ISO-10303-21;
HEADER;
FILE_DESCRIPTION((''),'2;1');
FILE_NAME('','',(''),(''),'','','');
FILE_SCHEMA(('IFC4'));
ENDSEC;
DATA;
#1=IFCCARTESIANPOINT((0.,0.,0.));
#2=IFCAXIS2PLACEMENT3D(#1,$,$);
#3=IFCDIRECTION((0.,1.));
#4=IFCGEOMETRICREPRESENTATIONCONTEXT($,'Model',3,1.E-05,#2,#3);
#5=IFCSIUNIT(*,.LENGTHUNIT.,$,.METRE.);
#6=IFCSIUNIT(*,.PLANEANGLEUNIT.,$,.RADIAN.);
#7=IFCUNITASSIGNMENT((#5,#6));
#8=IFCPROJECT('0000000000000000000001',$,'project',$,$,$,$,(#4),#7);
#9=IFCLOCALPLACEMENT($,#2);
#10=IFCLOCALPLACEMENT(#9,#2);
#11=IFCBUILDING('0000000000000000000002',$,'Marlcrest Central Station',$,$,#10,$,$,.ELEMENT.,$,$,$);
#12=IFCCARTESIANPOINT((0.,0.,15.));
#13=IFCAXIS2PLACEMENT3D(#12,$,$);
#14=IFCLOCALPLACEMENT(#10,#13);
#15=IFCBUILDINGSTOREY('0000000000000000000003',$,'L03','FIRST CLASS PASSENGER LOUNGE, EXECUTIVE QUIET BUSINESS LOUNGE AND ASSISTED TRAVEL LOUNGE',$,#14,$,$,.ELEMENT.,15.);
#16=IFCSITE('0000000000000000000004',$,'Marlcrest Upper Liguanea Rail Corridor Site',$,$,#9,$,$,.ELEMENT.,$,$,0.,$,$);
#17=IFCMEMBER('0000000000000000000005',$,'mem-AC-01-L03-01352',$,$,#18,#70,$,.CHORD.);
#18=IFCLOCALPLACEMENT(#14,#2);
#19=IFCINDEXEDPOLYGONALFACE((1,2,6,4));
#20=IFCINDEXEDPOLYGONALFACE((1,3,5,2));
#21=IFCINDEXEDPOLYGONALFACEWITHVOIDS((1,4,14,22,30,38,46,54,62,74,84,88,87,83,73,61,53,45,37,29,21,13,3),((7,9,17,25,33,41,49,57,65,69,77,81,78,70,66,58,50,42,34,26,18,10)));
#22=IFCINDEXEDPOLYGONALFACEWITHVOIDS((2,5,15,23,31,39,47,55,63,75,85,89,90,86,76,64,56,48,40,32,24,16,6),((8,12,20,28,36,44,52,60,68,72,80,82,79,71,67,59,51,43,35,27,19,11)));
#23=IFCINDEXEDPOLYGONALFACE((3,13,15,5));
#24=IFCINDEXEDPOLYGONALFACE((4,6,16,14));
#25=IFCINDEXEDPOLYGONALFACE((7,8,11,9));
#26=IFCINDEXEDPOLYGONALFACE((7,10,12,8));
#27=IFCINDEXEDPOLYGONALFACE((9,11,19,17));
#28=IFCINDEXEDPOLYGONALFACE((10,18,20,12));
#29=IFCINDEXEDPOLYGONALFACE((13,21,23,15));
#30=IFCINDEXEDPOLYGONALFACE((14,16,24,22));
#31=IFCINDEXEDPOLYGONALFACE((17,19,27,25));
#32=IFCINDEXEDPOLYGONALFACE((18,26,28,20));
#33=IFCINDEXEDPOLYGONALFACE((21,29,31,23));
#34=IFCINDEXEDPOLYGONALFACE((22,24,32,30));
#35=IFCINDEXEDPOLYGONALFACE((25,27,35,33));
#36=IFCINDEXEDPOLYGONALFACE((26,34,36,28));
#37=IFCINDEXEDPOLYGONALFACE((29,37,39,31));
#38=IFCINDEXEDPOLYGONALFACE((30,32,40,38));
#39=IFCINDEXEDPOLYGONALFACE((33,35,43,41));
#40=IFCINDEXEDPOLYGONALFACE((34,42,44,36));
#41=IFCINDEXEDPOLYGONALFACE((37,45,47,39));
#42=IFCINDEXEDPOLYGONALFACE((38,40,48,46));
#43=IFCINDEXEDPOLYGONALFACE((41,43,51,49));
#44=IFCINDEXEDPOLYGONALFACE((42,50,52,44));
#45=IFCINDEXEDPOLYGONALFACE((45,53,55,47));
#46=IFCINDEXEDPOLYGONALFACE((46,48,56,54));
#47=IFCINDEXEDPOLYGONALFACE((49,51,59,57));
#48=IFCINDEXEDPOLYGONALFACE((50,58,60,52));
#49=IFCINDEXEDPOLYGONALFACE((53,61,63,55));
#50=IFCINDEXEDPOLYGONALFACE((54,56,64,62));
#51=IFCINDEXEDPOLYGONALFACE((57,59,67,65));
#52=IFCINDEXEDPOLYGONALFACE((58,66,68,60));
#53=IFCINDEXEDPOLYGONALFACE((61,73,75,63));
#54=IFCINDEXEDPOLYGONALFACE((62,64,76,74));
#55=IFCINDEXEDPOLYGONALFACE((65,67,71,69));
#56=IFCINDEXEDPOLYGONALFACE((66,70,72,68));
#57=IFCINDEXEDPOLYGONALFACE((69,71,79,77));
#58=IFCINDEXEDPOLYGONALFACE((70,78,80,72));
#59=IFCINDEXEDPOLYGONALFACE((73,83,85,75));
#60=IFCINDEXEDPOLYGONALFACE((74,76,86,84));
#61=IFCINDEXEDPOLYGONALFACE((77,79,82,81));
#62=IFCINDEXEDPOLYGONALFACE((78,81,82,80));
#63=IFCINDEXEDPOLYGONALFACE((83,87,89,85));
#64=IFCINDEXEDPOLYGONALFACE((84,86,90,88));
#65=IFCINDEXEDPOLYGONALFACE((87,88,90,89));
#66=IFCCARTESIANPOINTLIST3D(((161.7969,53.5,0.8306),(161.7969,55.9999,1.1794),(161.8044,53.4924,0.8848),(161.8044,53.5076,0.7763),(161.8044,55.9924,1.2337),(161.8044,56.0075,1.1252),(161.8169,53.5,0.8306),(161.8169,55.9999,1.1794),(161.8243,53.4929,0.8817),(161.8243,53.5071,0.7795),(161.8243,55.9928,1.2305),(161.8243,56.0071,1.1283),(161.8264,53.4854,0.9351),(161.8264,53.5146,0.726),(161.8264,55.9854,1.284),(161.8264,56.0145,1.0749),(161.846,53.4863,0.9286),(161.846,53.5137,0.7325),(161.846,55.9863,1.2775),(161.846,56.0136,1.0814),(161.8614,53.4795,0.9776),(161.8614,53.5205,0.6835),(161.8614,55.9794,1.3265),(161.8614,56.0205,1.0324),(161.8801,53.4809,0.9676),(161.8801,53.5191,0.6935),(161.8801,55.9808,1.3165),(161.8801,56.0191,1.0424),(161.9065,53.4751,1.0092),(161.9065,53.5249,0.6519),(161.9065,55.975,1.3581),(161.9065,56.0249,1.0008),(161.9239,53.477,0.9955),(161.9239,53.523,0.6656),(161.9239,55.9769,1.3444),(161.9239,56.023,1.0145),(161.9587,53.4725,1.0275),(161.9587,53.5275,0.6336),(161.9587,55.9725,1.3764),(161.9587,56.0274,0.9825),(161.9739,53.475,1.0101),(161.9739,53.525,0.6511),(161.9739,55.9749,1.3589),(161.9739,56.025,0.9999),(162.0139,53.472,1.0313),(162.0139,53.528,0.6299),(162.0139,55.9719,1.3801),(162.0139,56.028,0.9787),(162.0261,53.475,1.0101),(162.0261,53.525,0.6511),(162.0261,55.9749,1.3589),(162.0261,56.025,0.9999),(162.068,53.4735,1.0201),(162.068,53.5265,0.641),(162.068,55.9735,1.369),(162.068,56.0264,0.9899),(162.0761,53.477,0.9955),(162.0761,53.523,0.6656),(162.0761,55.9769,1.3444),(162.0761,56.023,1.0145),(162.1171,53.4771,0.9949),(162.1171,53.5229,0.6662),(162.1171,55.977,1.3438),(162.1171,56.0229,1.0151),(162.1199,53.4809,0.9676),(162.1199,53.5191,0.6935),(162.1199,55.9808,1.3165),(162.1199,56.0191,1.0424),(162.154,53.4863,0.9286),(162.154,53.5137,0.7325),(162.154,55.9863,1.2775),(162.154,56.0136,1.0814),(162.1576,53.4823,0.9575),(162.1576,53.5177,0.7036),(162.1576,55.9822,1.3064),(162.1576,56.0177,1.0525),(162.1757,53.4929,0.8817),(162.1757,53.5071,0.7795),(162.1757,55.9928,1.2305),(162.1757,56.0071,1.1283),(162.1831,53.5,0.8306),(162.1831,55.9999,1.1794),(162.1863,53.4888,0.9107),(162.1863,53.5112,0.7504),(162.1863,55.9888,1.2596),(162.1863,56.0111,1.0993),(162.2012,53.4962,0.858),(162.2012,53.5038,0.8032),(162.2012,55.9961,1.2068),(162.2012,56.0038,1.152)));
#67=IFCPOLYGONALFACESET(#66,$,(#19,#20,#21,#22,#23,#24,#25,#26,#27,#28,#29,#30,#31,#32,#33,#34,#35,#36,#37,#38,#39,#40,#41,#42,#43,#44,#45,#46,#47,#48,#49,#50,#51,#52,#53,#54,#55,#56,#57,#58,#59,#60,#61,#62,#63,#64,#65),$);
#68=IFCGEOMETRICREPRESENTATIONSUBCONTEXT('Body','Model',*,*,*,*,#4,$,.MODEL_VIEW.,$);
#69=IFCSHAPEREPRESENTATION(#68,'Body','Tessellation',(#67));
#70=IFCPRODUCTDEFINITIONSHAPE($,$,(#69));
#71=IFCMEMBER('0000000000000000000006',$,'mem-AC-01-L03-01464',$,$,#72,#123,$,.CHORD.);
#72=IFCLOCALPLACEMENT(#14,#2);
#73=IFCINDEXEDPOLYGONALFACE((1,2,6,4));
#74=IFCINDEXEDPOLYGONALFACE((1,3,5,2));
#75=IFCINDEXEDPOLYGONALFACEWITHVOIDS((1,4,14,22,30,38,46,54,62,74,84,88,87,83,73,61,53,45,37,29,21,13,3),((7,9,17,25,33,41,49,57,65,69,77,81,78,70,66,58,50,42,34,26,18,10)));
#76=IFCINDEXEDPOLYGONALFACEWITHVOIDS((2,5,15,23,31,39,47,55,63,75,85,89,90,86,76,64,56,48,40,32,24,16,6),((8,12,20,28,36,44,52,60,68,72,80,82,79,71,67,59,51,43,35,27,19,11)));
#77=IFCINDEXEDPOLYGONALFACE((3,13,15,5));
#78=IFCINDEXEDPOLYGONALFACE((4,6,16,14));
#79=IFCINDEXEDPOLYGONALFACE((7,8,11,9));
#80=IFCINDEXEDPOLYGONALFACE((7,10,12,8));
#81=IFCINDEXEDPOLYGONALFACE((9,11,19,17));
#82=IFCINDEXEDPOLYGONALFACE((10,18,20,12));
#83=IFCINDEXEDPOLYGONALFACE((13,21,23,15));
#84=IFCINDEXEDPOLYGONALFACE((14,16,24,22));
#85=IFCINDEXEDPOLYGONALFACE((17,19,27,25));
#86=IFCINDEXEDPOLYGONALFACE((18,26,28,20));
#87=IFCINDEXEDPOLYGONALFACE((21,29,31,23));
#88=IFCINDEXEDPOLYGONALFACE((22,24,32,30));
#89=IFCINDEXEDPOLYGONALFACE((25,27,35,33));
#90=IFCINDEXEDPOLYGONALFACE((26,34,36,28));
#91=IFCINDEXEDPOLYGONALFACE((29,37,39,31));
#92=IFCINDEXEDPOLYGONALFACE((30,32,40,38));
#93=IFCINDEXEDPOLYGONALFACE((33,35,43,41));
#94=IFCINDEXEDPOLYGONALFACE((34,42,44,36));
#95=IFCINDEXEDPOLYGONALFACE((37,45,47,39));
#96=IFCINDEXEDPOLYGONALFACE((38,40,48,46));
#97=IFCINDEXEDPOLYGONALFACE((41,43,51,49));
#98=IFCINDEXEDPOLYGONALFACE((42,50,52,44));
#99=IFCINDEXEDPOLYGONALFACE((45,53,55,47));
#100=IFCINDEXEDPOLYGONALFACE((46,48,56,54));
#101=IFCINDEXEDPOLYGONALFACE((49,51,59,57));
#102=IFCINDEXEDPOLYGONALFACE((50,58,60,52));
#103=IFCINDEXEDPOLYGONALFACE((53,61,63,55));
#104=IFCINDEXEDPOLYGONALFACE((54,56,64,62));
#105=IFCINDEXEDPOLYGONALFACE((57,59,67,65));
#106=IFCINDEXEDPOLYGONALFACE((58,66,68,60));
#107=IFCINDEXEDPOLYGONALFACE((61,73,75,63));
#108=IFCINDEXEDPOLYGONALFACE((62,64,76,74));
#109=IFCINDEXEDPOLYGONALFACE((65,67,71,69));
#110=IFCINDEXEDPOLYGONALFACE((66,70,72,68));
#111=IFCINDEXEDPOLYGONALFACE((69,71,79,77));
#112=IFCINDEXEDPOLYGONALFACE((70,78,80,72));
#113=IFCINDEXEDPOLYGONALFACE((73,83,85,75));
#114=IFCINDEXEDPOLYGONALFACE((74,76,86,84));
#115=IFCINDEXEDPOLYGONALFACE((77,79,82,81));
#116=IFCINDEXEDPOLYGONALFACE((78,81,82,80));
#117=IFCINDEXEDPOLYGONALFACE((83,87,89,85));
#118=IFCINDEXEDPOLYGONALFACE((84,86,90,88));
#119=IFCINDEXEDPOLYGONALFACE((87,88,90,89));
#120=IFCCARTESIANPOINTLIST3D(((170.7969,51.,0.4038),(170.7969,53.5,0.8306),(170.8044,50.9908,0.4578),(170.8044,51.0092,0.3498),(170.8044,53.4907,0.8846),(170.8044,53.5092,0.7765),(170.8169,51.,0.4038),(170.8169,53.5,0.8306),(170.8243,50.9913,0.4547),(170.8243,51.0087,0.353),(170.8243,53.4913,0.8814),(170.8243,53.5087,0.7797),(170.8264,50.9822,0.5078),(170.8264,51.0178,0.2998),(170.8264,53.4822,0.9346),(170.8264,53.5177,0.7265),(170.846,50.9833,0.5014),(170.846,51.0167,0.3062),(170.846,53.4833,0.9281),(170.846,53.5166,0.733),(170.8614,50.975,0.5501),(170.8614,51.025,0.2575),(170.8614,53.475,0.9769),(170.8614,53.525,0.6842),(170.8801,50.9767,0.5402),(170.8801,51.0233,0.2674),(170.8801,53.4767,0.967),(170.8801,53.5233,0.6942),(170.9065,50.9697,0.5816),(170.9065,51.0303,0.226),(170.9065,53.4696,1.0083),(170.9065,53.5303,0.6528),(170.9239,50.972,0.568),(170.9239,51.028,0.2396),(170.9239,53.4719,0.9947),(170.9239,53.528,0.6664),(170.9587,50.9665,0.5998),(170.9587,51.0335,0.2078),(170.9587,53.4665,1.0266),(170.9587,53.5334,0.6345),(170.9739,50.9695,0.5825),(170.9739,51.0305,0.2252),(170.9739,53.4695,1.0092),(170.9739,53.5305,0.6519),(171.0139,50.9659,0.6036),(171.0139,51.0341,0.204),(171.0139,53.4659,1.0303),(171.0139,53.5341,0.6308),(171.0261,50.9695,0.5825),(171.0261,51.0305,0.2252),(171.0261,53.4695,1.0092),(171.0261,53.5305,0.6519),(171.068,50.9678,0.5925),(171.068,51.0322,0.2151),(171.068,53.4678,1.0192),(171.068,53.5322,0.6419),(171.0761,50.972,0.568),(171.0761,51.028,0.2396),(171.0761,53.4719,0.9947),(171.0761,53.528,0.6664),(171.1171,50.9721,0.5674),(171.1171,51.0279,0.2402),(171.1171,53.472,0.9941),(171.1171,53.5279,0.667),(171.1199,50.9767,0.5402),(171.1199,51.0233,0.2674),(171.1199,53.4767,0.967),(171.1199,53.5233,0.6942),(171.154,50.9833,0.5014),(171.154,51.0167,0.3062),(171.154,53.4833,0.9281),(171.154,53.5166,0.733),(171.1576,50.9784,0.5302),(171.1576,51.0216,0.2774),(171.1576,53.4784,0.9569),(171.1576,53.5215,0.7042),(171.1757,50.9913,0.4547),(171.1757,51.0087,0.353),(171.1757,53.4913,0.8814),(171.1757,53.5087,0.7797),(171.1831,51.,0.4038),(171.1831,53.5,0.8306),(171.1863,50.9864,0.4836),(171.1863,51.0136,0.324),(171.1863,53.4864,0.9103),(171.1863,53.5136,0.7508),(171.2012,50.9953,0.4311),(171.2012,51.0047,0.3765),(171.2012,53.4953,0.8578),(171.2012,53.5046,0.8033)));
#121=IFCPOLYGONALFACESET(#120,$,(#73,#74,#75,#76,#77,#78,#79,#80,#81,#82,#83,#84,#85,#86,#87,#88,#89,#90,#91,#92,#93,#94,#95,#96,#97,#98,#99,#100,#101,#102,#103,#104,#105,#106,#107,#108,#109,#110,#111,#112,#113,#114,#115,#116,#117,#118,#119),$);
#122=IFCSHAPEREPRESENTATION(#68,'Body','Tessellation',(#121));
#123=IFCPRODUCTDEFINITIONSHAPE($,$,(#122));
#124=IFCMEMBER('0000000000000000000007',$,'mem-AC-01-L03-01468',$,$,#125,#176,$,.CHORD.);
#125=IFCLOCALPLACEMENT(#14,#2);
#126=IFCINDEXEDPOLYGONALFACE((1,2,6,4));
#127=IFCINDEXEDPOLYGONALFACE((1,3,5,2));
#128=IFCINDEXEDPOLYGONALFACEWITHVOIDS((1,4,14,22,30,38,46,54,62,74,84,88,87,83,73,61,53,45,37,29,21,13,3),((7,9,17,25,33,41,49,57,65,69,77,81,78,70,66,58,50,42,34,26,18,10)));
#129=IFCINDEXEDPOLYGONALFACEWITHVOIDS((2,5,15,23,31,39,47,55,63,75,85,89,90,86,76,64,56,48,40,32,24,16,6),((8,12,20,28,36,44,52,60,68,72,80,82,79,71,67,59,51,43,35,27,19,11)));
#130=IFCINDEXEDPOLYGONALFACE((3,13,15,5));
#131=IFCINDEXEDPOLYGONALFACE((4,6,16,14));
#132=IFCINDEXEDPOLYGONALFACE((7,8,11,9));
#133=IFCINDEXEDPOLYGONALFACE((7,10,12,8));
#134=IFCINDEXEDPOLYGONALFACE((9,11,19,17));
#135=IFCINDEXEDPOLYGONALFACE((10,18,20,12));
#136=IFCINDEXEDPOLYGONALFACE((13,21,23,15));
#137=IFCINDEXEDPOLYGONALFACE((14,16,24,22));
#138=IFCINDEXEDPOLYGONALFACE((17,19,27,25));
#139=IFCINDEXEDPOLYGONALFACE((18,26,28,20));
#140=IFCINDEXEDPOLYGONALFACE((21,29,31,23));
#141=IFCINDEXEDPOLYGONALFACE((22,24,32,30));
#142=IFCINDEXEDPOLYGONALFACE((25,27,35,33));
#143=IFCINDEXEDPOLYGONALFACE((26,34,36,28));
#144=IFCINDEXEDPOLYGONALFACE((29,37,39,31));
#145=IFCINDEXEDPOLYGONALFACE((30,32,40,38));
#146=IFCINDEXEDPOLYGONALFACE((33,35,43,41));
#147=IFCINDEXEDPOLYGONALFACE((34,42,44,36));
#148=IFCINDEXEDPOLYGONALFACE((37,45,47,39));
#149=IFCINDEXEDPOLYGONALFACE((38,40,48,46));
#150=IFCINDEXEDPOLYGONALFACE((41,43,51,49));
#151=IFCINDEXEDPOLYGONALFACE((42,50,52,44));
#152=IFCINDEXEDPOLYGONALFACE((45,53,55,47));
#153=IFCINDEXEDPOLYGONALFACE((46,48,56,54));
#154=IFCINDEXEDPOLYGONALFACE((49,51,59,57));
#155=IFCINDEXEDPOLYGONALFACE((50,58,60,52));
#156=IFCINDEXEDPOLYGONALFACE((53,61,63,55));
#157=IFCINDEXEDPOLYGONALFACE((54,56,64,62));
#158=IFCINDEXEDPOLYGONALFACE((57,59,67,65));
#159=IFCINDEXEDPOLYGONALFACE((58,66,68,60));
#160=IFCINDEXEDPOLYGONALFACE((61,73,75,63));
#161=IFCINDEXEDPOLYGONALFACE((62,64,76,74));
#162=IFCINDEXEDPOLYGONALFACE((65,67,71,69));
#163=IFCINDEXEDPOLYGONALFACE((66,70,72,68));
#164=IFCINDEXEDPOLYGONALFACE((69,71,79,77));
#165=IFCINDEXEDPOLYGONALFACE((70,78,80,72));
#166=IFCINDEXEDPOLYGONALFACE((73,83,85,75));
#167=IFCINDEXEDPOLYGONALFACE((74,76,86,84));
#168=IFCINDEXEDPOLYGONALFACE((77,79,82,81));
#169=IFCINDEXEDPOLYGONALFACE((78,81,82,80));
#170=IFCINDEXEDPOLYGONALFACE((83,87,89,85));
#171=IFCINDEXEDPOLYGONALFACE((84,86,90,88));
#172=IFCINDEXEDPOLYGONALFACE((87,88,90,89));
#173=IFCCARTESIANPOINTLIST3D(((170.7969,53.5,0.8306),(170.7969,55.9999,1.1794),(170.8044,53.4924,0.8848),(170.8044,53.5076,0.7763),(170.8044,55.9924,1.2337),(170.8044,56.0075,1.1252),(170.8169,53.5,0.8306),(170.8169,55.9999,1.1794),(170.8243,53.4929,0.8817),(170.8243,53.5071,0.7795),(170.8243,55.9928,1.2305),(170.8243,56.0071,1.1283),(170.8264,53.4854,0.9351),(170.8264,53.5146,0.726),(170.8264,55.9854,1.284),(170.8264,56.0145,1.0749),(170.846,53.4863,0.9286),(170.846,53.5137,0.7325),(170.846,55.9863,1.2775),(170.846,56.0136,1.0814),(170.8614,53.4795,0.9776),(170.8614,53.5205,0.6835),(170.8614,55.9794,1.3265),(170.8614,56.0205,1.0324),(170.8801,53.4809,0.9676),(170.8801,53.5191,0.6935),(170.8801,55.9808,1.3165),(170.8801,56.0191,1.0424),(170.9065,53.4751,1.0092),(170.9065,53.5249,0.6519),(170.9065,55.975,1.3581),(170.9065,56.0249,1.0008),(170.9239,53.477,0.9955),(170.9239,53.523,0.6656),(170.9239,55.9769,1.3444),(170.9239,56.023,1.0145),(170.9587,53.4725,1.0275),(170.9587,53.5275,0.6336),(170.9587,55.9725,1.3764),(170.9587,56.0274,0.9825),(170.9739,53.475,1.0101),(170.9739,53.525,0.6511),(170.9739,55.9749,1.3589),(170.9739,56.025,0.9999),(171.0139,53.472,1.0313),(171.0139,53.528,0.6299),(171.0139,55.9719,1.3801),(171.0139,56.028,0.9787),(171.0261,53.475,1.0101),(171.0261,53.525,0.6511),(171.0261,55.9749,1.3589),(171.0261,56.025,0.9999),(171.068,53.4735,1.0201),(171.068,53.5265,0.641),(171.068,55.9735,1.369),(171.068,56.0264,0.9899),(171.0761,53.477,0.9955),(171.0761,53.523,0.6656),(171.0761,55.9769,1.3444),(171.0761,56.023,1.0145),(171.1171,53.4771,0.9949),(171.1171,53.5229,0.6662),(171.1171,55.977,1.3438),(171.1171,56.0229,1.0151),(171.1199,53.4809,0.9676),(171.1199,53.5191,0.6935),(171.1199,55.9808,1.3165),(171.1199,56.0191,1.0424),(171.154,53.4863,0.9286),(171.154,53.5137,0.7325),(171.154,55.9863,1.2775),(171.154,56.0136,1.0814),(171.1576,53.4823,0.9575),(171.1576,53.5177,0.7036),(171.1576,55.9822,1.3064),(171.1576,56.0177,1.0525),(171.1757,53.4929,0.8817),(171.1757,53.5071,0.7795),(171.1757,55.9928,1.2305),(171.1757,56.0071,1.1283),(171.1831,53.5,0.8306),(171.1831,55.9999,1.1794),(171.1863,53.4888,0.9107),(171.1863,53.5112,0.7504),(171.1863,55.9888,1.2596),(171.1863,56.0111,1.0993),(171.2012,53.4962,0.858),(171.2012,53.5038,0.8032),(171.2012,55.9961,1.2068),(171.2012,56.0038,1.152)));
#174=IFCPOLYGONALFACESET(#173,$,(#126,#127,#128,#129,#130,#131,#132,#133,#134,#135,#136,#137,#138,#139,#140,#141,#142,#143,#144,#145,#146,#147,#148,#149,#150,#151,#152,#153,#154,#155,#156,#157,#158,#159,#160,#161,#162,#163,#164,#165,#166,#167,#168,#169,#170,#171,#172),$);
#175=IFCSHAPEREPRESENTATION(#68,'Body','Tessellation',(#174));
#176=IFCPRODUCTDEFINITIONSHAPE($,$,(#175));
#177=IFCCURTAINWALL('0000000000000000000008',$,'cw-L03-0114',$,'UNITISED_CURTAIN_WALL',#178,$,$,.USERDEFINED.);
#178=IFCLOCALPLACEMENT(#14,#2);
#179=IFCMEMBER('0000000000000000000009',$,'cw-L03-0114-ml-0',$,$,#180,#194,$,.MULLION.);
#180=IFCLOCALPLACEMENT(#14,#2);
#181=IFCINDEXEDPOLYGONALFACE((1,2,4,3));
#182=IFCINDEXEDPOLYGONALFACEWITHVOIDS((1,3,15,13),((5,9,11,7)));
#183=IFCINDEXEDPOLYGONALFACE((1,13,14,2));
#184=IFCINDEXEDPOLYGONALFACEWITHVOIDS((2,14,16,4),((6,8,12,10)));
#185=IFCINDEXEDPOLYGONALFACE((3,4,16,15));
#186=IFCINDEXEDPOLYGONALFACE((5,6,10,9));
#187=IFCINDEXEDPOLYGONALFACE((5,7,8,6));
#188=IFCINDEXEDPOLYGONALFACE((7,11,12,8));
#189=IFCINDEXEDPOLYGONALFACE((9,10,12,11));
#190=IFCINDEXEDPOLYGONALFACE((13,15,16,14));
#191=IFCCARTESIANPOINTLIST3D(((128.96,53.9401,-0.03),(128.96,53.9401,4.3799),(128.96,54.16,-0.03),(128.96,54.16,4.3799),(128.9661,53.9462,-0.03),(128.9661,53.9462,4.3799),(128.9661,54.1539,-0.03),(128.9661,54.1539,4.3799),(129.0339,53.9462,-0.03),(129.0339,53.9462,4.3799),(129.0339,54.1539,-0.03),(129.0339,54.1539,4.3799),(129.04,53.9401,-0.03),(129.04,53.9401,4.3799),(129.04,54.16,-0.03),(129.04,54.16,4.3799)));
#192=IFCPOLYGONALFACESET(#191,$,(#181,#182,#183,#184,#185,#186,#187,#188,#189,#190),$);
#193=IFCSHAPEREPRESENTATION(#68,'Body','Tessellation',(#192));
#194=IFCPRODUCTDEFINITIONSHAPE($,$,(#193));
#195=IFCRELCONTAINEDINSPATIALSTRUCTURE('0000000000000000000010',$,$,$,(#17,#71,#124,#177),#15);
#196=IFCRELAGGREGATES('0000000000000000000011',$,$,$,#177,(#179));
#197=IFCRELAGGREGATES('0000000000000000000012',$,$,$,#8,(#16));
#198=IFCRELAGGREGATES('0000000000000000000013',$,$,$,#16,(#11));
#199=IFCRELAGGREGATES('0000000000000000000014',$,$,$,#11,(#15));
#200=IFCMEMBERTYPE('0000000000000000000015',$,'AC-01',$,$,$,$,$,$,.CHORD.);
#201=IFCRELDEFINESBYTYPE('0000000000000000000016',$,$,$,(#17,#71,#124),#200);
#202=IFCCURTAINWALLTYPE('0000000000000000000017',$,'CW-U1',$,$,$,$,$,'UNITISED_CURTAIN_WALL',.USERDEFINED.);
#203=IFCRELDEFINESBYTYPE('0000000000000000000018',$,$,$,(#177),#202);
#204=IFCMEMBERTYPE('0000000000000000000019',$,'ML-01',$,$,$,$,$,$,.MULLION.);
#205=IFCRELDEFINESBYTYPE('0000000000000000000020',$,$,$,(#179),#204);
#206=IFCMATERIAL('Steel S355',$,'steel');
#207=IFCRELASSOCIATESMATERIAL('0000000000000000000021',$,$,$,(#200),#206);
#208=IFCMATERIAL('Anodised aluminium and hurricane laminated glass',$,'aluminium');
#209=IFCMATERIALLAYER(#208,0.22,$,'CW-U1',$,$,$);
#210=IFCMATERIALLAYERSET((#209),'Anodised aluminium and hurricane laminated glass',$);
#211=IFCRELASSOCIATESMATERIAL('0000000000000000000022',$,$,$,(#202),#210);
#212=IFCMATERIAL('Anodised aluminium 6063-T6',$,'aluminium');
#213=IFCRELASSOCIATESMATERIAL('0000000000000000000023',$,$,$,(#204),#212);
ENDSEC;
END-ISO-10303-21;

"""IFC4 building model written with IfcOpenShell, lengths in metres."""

from ifc_helpers import new_model, si_unit, direction, frame, origin, origin_2d, place, context, subcontext, project, spatial, hollow_rectangle, hollow_circle, extrude, material, layer, layer_set, material_profile, profile_set, type_object, element, aggregate, save


model = new_model("IFC4")

# Units and contexts
model_context = context("Model", 3, precision=1e-05, world=origin(), true_north=direction((0.0, 1.0)))
body_context = subcontext(model_context, "Body", "Model", "MODEL_VIEW")
ifc_project = project(units=[si_unit("LENGTHUNIT", "METRE"), si_unit("PLANEANGLEUNIT", "RADIAN")], contexts=[model_context])

# Site, building, storey
site_placement = place(None, origin())
site = spatial("IfcSite", under=ifc_project, at=site_placement, Name="Marlcrest Upper Liguanea Rail Corridor Site", CompositionType="ELEMENT", RefElevation=0.0)
building_placement = place(site_placement, origin())
building = spatial("IfcBuilding", under=site, at=building_placement, Name="Marlcrest Central Station", CompositionType="ELEMENT")
storey_placement = place(building_placement, frame((0.0, 0.0, 15.0)))
storey = spatial("IfcBuildingStorey", under=building, at=storey_placement, Name="L03", Description="FIRST CLASS PASSENGER LOUNGE, EXECUTIVE QUIET BUSINESS LOUNGE AND ASSISTED TRAVEL LOUNGE", CompositionType="ELEMENT", Elevation=15.0)

# Shared definitions
ifc_material_1 = material(Name="Steel S355", Category="steel")

# Members
ifc_material_profile_1 = material_profile(ifc_material_1, hollow_circle(Radius=0.2031, WallThickness=0.02, at=origin_2d()), Name="CHS 406.4x20")
ifc_profile_set_1 = profile_set([ifc_material_profile_1], Name="Steel S355")
member_type_1 = type_object("IfcMemberType", Name="AC-01", PredefinedType="CHORD", material=ifc_profile_set_1)
member_1_placement = place(storey_placement, frame((162.0, 53.5, 0.8306), z_axis=(0.0, 0.990403, 0.138211), x_axis=(-1.0, 0.0, 0.0)))
element("IfcMember", 1, at=member_1_placement, inside=storey, type_object=member_type_1, Name="mem-AC-01-L03-01352", PredefinedType="CHORD", context=body_context, shape_type="SweptSolid", body=[
    extrude(hollow_circle(Radius=0.2031, WallThickness=0.02, at=origin_2d()), origin(), (0.0, 0.0, 1.0), 2.5242),
])
member_2_placement = place(storey_placement, frame((171.0, 51.0, 0.4038), z_axis=(0.0, 0.985741, 0.168269), x_axis=(-1.0, 0.0, 0.0)))
element("IfcMember", 2, at=member_2_placement, inside=storey, type_object=member_type_1, Name="mem-AC-01-L03-01464", PredefinedType="CHORD", context=body_context, shape_type="SweptSolid", body=[
    extrude(hollow_circle(Radius=0.2031, WallThickness=0.02, at=origin_2d()), origin(), (0.0, 0.0, 1.0), 2.5361),
])
member_3_placement = place(storey_placement, frame((171.0, 53.5, 0.8306), z_axis=(0.0, 0.990403, 0.138211), x_axis=(-1.0, 0.0, 0.0)))
element("IfcMember", 3, at=member_3_placement, inside=storey, type_object=member_type_1, Name="mem-AC-01-L03-01468", PredefinedType="CHORD", context=body_context, shape_type="SweptSolid", body=[
    extrude(hollow_circle(Radius=0.2031, WallThickness=0.02, at=origin_2d()), origin(), (0.0, 0.0, 1.0), 2.5242),
])

# Curtain wall, member
ifc_material_2 = material(Name="Anodised aluminium and hurricane laminated glass", Category="aluminium")
ifc_layer_1 = layer(ifc_material_2, 0.22, Name="CW-U1")
ifc_layer_set_1 = layer_set([ifc_layer_1], Name="Anodised aluminium and hurricane laminated glass")
curtain_wall_type = type_object("IfcCurtainWallType", Name="CW-U1", ElementType="UNITISED_CURTAIN_WALL", PredefinedType="USERDEFINED", material=ifc_layer_set_1)
curtain_wall_1_placement = place(storey_placement, origin())
curtain_wall_1 = element("IfcCurtainWall", 4, at=curtain_wall_1_placement, inside=storey, type_object=curtain_wall_type, Name="cw-L03-0114", ObjectType="UNITISED_CURTAIN_WALL", PredefinedType="USERDEFINED")
ifc_material_3 = material(Name="Anodised aluminium 6063-T6", Category="aluminium")
ifc_material_profile_2 = material_profile(ifc_material_3, hollow_rectangle(XDim=0.0801, YDim=0.22, WallThickness=0.0061, at=origin_2d()), Name="AA-RHS 220x80x6")
ifc_profile_set_2 = profile_set([ifc_material_profile_2], Name="Anodised aluminium 6063-T6")
member_type_2 = type_object("IfcMemberType", Name="ML-01", PredefinedType="MULLION", material=ifc_profile_set_2)
member_4_placement = place(storey_placement, frame((129.0, 54.05, -0.03), z_axis=(0.0, 0.0, 1.0), x_axis=(1.0, 0.0, 0.0)))
member_4 = element("IfcMember", 5, at=member_4_placement, type_object=member_type_2, Name="cw-L03-0114-ml-0", PredefinedType="MULLION", context=body_context, shape_type="SweptSolid", body=[
    extrude(hollow_rectangle(XDim=0.0801, YDim=0.22, WallThickness=0.0061, at=origin_2d()), origin(), (0.0, 0.0, 1.0), 4.4099),
])

aggregate(curtain_wall_1, [member_4])

save(model, "model.ifc")
